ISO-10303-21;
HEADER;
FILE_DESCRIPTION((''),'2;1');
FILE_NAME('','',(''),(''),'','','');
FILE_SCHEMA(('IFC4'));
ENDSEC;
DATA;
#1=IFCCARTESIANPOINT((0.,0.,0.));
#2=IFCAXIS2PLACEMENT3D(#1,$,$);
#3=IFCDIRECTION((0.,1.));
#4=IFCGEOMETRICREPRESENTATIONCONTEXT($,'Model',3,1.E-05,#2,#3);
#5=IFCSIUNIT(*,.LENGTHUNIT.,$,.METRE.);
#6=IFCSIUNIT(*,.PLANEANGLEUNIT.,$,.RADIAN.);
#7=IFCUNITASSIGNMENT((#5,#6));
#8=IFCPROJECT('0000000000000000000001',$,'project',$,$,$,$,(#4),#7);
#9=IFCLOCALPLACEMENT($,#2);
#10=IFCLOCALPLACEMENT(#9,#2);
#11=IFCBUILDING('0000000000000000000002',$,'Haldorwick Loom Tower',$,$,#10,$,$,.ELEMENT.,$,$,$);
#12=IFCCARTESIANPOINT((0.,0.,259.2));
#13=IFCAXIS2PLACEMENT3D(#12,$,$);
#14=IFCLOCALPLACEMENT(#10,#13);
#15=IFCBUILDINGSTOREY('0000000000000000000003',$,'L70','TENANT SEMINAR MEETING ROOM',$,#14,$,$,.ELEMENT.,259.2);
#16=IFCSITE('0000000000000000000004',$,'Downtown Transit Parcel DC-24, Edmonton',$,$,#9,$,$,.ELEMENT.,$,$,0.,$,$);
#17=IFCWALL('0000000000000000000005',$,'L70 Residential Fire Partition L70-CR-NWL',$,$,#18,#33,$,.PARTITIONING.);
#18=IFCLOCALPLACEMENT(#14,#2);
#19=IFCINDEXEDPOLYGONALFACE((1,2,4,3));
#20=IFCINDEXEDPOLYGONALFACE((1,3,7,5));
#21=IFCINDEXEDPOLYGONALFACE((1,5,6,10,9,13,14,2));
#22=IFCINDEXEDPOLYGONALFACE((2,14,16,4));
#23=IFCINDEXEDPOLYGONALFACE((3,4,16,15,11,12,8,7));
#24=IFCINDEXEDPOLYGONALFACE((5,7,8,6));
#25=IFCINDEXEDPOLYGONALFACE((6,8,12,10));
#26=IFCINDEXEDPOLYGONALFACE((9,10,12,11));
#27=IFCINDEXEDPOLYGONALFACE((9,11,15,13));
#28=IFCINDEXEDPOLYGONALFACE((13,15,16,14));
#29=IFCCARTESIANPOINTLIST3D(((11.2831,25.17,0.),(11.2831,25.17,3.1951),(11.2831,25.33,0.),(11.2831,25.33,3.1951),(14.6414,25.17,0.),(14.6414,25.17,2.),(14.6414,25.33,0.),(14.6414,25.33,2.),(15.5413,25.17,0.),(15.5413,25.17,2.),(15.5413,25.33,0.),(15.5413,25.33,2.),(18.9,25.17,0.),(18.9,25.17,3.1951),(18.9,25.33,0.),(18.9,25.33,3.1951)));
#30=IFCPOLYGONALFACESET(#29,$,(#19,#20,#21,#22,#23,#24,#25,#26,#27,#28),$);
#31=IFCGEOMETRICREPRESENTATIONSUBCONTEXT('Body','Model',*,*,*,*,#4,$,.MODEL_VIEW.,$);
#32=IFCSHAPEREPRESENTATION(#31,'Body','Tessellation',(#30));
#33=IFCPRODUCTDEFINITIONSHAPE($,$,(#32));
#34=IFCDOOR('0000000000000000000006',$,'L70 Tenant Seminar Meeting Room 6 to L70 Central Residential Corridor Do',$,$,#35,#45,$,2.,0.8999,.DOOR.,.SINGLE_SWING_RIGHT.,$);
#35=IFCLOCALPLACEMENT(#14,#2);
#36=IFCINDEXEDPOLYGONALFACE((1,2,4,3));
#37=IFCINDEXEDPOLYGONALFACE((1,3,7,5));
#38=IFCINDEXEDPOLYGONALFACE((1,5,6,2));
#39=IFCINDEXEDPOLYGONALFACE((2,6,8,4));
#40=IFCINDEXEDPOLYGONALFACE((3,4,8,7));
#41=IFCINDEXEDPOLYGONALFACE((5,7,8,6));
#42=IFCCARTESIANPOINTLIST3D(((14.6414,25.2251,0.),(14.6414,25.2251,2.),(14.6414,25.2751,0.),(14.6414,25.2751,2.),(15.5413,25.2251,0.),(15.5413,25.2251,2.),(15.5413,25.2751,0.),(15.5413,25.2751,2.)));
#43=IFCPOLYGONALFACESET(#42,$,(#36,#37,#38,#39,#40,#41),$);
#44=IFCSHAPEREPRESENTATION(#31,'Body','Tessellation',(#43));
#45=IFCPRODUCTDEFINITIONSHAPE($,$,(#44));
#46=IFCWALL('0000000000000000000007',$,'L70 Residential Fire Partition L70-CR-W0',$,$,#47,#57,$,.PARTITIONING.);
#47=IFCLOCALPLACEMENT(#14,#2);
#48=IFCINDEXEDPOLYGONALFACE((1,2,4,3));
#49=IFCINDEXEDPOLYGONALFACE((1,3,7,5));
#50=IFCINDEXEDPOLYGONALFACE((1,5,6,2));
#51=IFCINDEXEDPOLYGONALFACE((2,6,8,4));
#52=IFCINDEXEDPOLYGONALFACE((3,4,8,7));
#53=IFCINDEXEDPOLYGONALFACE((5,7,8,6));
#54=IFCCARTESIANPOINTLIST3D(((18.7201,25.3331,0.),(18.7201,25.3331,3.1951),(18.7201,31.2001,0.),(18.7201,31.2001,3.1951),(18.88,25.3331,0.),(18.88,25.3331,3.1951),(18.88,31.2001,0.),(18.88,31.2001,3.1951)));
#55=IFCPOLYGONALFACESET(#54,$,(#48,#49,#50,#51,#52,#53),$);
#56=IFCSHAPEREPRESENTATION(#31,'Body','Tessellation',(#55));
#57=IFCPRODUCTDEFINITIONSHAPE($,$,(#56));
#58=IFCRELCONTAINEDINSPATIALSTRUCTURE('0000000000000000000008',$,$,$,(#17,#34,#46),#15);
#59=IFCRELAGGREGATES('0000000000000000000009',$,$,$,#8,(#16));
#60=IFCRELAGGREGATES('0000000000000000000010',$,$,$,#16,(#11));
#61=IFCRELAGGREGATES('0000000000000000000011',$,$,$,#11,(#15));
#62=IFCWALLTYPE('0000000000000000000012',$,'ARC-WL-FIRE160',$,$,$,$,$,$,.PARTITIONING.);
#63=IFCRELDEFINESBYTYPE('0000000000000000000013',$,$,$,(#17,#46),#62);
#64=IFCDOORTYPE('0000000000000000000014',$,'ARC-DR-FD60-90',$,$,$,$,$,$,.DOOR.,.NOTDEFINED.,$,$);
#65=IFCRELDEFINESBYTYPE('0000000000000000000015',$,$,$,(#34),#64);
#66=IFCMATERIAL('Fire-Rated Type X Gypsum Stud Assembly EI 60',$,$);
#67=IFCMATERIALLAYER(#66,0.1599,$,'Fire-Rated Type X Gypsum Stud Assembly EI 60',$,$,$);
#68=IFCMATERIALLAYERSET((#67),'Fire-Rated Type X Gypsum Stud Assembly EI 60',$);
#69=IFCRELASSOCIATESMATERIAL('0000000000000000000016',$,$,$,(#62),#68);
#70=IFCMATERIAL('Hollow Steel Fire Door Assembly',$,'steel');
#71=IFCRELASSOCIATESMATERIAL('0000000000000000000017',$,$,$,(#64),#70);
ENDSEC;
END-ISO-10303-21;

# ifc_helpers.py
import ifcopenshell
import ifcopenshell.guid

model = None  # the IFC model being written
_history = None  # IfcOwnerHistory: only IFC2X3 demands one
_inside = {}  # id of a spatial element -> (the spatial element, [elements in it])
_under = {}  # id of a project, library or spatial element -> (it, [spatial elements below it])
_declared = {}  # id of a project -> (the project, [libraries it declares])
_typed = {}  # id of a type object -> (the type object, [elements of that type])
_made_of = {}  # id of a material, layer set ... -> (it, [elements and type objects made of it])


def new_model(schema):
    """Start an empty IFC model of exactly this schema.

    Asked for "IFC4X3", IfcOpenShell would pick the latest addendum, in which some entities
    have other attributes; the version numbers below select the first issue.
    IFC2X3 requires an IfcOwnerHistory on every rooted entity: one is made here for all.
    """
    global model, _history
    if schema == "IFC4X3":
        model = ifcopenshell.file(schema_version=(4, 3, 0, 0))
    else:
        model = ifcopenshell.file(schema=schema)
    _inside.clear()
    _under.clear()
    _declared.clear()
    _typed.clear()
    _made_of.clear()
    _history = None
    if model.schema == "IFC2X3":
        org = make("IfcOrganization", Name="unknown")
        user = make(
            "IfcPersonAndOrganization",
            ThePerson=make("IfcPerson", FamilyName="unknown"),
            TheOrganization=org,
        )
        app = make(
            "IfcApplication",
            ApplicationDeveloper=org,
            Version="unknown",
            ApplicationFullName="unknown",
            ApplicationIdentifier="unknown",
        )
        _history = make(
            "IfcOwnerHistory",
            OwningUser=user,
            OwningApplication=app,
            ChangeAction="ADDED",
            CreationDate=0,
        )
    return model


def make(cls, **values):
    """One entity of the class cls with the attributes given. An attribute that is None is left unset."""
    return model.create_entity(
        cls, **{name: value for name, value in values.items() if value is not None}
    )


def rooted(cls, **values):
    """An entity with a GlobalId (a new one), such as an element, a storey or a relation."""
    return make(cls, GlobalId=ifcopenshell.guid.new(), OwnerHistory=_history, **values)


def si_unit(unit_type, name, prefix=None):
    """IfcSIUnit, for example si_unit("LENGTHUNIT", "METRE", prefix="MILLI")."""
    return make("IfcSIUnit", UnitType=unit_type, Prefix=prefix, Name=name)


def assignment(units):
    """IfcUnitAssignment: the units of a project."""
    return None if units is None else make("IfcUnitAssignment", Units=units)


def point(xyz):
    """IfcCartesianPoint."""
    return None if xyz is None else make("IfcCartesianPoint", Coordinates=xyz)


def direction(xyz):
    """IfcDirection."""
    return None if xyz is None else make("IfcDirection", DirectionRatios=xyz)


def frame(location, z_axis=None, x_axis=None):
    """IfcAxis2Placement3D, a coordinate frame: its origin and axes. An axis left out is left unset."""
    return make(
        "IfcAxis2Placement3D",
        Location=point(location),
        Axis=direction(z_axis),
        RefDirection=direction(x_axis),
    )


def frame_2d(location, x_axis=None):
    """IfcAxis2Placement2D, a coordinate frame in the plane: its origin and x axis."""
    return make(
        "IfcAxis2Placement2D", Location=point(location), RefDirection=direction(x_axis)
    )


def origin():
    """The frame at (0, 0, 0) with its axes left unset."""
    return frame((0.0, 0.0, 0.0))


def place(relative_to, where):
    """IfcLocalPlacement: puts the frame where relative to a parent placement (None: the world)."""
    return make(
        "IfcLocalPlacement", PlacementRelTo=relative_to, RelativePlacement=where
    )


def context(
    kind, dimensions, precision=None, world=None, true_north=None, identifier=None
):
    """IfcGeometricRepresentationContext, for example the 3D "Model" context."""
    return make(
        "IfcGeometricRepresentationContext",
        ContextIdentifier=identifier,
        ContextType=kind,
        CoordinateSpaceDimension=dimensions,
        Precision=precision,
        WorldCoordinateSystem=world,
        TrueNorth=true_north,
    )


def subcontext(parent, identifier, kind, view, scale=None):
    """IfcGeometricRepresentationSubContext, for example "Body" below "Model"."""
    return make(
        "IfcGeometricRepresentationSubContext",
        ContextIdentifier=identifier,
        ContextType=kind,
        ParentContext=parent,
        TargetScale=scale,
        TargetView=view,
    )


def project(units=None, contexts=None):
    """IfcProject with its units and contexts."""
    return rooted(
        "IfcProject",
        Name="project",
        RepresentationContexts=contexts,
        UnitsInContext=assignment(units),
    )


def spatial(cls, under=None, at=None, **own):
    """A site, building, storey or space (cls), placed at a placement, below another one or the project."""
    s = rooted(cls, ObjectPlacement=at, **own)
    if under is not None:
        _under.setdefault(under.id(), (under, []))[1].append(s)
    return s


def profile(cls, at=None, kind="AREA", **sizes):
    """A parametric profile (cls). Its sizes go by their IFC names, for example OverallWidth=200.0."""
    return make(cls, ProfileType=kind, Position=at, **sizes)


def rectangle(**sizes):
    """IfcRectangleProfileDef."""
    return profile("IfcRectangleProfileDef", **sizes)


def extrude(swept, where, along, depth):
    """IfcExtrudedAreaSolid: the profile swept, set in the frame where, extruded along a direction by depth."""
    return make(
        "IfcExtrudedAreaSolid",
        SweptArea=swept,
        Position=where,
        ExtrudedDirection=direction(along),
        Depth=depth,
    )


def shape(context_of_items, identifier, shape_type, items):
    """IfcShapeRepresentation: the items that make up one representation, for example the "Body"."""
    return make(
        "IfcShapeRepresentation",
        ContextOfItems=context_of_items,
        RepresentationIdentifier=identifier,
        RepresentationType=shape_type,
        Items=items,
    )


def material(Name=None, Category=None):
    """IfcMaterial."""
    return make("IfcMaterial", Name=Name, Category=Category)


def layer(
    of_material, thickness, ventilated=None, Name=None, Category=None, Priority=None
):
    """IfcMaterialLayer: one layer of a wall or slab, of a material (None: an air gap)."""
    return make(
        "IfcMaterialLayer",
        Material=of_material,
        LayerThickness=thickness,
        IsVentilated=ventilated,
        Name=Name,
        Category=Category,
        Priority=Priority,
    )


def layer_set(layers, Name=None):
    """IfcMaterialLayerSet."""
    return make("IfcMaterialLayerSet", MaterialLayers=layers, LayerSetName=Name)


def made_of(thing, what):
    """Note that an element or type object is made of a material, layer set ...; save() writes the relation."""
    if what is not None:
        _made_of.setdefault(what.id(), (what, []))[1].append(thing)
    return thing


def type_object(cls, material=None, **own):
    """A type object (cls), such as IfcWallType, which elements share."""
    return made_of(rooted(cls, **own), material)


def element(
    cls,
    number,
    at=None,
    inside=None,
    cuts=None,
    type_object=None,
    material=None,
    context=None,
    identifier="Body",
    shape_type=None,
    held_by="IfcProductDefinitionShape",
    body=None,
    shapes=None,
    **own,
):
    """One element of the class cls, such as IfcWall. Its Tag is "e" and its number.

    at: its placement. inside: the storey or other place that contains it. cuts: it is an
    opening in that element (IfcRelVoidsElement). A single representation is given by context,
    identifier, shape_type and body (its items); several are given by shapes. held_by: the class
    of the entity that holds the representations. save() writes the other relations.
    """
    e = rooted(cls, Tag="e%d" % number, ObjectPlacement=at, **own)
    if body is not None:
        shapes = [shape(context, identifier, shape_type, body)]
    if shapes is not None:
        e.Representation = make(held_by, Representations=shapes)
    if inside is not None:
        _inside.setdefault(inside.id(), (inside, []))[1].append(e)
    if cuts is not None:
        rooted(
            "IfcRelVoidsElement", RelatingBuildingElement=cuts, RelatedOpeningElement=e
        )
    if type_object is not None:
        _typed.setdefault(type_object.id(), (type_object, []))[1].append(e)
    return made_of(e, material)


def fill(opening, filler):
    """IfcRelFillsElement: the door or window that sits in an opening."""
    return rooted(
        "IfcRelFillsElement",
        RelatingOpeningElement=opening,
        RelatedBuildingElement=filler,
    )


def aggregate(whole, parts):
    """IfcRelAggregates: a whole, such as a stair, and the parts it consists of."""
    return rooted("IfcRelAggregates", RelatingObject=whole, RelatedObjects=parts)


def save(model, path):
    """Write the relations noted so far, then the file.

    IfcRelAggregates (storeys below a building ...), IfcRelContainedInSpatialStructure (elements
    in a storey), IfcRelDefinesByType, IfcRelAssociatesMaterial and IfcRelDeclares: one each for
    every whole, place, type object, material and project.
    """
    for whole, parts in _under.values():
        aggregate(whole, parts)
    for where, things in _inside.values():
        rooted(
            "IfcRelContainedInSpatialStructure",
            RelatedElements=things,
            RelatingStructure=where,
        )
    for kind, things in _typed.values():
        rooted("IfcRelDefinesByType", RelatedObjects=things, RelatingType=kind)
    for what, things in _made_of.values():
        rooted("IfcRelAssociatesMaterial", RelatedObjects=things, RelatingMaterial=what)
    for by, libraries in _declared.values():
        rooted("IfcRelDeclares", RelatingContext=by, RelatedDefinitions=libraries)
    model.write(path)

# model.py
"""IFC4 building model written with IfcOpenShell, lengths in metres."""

from ifc_helpers import new_model, si_unit, direction, frame, frame_2d, origin, place, context, subcontext, project, spatial, rectangle, extrude, material, layer, layer_set, type_object, element, fill, save


model = new_model("IFC4")

# Units and contexts
model_context = context("Model", 3, precision=1e-05, world=origin(), true_north=direction((0.0, 1.0)))
body_context = subcontext(model_context, "Body", "Model", "MODEL_VIEW")
ifc_project = project(units=[si_unit("LENGTHUNIT", "METRE"), si_unit("PLANEANGLEUNIT", "RADIAN")], contexts=[model_context])

# Site, building, storey
site_placement = place(None, origin())
site = spatial("IfcSite", under=ifc_project, at=site_placement, Name="Downtown Transit Parcel DC-24, Edmonton", CompositionType="ELEMENT", RefElevation=0.0)
building_placement = place(site_placement, origin())
building = spatial("IfcBuilding", under=site, at=building_placement, Name="Haldorwick Loom Tower", CompositionType="ELEMENT")
storey_placement = place(building_placement, frame((0.0, 0.0, 259.2)))
storey = spatial("IfcBuildingStorey", under=building, at=storey_placement, Name="L70", Description="TENANT SEMINAR MEETING ROOM", CompositionType="ELEMENT", Elevation=259.2)

# Shared definitions
ifc_material_1 = material(Name="Fire-Rated Type X Gypsum Stud Assembly EI 60")
ifc_layer_1 = layer(ifc_material_1, 0.1599, Name="Fire-Rated Type X Gypsum Stud Assembly EI 60")
ifc_layer_set_1 = layer_set([ifc_layer_1], Name="Fire-Rated Type X Gypsum Stud Assembly EI 60")
wall_type_1 = type_object("IfcWallType", Name="ARC-WL-FIRE160", PredefinedType="PARTITIONING", material=ifc_layer_set_1)
ifc_material_2 = material(Name="Hollow Steel Fire Door Assembly", Category="steel")
door_type = type_object("IfcDoorType", Name="ARC-DR-FD60-90", OperationType="NOTDEFINED", PredefinedType="DOOR", material=ifc_material_2)

# Wall, opening, door
wall_1_placement = place(storey_placement, frame((11.283, 25.25, 0.0), z_axis=(0.0, 0.0, 1.0), x_axis=(1.0, 0.0, 0.0)))
wall_1 = element("IfcWall", 1, at=wall_1_placement, inside=storey, type_object=wall_type_1, Name="L70 Residential Fire Partition L70-CR-NWL", PredefinedType="PARTITIONING", context=body_context, shape_type="SweptSolid", body=[
    extrude(rectangle(XDim=7.6169, YDim=0.1599, at=frame_2d((3.8086, 0.0))), origin(), (0.0, 0.0, 1.0), 3.1951),
])
opening_1_placement = place(wall_1_placement, frame((3.3584, 0.0, 0.0)))
opening_1 = element("IfcOpeningElement", 2, at=opening_1_placement, cuts=wall_1, PredefinedType="OPENING", context=body_context, shape_type="SweptSolid", body=[
    extrude(rectangle(XDim=0.8999, YDim=2.0, at=frame_2d((0.45, 1.0))), frame((0.0, 0.0898, 0.0), z_axis=(0.0, -1.0, 0.0), x_axis=(1.0, 0.0, 0.0)), (0.0, 0.0, 1.0), 0.1799),
])
door_1_placement = place(opening_1_placement, frame((0.8999, 0.0, 0.0), z_axis=(0.0, 0.0, 1.0), x_axis=(-1.0, 0.0, 0.0)))
door_1 = element("IfcDoor", 3, at=door_1_placement, inside=storey, type_object=door_type, Name="L70 Tenant Seminar Meeting Room 6 to L70 Central Residential Corridor Do", OperationType="SINGLE_SWING_RIGHT", OverallHeight=2.0, OverallWidth=0.8999, PredefinedType="DOOR", context=body_context, shape_type="SweptSolid", body=[
    extrude(rectangle(XDim=0.8999, YDim=2.0, at=frame_2d((0.45, 1.0))), frame((0.0, 0.0249, 0.0), z_axis=(0.0, -1.0, 0.0), x_axis=(1.0, 0.0, 0.0)), (0.0, 0.0, 1.0), 0.05),
])
fill(opening_1, door_1)

# Wall
wall_2_placement = place(storey_placement, frame((18.8, 25.333, 0.0), z_axis=(0.0, 0.0, 1.0), x_axis=(0.0, 1.0, 0.0)))
element("IfcWall", 4, at=wall_2_placement, inside=storey, type_object=wall_type_1, Name="L70 Residential Fire Partition L70-CR-W0", PredefinedType="PARTITIONING", context=body_context, shape_type="SweptSolid", body=[
    extrude(rectangle(XDim=5.8669, YDim=0.1599, at=frame_2d((2.9336, 0.0))), origin(), (0.0, 0.0, 1.0), 3.1951),
])

save(model, "model.ifc")
